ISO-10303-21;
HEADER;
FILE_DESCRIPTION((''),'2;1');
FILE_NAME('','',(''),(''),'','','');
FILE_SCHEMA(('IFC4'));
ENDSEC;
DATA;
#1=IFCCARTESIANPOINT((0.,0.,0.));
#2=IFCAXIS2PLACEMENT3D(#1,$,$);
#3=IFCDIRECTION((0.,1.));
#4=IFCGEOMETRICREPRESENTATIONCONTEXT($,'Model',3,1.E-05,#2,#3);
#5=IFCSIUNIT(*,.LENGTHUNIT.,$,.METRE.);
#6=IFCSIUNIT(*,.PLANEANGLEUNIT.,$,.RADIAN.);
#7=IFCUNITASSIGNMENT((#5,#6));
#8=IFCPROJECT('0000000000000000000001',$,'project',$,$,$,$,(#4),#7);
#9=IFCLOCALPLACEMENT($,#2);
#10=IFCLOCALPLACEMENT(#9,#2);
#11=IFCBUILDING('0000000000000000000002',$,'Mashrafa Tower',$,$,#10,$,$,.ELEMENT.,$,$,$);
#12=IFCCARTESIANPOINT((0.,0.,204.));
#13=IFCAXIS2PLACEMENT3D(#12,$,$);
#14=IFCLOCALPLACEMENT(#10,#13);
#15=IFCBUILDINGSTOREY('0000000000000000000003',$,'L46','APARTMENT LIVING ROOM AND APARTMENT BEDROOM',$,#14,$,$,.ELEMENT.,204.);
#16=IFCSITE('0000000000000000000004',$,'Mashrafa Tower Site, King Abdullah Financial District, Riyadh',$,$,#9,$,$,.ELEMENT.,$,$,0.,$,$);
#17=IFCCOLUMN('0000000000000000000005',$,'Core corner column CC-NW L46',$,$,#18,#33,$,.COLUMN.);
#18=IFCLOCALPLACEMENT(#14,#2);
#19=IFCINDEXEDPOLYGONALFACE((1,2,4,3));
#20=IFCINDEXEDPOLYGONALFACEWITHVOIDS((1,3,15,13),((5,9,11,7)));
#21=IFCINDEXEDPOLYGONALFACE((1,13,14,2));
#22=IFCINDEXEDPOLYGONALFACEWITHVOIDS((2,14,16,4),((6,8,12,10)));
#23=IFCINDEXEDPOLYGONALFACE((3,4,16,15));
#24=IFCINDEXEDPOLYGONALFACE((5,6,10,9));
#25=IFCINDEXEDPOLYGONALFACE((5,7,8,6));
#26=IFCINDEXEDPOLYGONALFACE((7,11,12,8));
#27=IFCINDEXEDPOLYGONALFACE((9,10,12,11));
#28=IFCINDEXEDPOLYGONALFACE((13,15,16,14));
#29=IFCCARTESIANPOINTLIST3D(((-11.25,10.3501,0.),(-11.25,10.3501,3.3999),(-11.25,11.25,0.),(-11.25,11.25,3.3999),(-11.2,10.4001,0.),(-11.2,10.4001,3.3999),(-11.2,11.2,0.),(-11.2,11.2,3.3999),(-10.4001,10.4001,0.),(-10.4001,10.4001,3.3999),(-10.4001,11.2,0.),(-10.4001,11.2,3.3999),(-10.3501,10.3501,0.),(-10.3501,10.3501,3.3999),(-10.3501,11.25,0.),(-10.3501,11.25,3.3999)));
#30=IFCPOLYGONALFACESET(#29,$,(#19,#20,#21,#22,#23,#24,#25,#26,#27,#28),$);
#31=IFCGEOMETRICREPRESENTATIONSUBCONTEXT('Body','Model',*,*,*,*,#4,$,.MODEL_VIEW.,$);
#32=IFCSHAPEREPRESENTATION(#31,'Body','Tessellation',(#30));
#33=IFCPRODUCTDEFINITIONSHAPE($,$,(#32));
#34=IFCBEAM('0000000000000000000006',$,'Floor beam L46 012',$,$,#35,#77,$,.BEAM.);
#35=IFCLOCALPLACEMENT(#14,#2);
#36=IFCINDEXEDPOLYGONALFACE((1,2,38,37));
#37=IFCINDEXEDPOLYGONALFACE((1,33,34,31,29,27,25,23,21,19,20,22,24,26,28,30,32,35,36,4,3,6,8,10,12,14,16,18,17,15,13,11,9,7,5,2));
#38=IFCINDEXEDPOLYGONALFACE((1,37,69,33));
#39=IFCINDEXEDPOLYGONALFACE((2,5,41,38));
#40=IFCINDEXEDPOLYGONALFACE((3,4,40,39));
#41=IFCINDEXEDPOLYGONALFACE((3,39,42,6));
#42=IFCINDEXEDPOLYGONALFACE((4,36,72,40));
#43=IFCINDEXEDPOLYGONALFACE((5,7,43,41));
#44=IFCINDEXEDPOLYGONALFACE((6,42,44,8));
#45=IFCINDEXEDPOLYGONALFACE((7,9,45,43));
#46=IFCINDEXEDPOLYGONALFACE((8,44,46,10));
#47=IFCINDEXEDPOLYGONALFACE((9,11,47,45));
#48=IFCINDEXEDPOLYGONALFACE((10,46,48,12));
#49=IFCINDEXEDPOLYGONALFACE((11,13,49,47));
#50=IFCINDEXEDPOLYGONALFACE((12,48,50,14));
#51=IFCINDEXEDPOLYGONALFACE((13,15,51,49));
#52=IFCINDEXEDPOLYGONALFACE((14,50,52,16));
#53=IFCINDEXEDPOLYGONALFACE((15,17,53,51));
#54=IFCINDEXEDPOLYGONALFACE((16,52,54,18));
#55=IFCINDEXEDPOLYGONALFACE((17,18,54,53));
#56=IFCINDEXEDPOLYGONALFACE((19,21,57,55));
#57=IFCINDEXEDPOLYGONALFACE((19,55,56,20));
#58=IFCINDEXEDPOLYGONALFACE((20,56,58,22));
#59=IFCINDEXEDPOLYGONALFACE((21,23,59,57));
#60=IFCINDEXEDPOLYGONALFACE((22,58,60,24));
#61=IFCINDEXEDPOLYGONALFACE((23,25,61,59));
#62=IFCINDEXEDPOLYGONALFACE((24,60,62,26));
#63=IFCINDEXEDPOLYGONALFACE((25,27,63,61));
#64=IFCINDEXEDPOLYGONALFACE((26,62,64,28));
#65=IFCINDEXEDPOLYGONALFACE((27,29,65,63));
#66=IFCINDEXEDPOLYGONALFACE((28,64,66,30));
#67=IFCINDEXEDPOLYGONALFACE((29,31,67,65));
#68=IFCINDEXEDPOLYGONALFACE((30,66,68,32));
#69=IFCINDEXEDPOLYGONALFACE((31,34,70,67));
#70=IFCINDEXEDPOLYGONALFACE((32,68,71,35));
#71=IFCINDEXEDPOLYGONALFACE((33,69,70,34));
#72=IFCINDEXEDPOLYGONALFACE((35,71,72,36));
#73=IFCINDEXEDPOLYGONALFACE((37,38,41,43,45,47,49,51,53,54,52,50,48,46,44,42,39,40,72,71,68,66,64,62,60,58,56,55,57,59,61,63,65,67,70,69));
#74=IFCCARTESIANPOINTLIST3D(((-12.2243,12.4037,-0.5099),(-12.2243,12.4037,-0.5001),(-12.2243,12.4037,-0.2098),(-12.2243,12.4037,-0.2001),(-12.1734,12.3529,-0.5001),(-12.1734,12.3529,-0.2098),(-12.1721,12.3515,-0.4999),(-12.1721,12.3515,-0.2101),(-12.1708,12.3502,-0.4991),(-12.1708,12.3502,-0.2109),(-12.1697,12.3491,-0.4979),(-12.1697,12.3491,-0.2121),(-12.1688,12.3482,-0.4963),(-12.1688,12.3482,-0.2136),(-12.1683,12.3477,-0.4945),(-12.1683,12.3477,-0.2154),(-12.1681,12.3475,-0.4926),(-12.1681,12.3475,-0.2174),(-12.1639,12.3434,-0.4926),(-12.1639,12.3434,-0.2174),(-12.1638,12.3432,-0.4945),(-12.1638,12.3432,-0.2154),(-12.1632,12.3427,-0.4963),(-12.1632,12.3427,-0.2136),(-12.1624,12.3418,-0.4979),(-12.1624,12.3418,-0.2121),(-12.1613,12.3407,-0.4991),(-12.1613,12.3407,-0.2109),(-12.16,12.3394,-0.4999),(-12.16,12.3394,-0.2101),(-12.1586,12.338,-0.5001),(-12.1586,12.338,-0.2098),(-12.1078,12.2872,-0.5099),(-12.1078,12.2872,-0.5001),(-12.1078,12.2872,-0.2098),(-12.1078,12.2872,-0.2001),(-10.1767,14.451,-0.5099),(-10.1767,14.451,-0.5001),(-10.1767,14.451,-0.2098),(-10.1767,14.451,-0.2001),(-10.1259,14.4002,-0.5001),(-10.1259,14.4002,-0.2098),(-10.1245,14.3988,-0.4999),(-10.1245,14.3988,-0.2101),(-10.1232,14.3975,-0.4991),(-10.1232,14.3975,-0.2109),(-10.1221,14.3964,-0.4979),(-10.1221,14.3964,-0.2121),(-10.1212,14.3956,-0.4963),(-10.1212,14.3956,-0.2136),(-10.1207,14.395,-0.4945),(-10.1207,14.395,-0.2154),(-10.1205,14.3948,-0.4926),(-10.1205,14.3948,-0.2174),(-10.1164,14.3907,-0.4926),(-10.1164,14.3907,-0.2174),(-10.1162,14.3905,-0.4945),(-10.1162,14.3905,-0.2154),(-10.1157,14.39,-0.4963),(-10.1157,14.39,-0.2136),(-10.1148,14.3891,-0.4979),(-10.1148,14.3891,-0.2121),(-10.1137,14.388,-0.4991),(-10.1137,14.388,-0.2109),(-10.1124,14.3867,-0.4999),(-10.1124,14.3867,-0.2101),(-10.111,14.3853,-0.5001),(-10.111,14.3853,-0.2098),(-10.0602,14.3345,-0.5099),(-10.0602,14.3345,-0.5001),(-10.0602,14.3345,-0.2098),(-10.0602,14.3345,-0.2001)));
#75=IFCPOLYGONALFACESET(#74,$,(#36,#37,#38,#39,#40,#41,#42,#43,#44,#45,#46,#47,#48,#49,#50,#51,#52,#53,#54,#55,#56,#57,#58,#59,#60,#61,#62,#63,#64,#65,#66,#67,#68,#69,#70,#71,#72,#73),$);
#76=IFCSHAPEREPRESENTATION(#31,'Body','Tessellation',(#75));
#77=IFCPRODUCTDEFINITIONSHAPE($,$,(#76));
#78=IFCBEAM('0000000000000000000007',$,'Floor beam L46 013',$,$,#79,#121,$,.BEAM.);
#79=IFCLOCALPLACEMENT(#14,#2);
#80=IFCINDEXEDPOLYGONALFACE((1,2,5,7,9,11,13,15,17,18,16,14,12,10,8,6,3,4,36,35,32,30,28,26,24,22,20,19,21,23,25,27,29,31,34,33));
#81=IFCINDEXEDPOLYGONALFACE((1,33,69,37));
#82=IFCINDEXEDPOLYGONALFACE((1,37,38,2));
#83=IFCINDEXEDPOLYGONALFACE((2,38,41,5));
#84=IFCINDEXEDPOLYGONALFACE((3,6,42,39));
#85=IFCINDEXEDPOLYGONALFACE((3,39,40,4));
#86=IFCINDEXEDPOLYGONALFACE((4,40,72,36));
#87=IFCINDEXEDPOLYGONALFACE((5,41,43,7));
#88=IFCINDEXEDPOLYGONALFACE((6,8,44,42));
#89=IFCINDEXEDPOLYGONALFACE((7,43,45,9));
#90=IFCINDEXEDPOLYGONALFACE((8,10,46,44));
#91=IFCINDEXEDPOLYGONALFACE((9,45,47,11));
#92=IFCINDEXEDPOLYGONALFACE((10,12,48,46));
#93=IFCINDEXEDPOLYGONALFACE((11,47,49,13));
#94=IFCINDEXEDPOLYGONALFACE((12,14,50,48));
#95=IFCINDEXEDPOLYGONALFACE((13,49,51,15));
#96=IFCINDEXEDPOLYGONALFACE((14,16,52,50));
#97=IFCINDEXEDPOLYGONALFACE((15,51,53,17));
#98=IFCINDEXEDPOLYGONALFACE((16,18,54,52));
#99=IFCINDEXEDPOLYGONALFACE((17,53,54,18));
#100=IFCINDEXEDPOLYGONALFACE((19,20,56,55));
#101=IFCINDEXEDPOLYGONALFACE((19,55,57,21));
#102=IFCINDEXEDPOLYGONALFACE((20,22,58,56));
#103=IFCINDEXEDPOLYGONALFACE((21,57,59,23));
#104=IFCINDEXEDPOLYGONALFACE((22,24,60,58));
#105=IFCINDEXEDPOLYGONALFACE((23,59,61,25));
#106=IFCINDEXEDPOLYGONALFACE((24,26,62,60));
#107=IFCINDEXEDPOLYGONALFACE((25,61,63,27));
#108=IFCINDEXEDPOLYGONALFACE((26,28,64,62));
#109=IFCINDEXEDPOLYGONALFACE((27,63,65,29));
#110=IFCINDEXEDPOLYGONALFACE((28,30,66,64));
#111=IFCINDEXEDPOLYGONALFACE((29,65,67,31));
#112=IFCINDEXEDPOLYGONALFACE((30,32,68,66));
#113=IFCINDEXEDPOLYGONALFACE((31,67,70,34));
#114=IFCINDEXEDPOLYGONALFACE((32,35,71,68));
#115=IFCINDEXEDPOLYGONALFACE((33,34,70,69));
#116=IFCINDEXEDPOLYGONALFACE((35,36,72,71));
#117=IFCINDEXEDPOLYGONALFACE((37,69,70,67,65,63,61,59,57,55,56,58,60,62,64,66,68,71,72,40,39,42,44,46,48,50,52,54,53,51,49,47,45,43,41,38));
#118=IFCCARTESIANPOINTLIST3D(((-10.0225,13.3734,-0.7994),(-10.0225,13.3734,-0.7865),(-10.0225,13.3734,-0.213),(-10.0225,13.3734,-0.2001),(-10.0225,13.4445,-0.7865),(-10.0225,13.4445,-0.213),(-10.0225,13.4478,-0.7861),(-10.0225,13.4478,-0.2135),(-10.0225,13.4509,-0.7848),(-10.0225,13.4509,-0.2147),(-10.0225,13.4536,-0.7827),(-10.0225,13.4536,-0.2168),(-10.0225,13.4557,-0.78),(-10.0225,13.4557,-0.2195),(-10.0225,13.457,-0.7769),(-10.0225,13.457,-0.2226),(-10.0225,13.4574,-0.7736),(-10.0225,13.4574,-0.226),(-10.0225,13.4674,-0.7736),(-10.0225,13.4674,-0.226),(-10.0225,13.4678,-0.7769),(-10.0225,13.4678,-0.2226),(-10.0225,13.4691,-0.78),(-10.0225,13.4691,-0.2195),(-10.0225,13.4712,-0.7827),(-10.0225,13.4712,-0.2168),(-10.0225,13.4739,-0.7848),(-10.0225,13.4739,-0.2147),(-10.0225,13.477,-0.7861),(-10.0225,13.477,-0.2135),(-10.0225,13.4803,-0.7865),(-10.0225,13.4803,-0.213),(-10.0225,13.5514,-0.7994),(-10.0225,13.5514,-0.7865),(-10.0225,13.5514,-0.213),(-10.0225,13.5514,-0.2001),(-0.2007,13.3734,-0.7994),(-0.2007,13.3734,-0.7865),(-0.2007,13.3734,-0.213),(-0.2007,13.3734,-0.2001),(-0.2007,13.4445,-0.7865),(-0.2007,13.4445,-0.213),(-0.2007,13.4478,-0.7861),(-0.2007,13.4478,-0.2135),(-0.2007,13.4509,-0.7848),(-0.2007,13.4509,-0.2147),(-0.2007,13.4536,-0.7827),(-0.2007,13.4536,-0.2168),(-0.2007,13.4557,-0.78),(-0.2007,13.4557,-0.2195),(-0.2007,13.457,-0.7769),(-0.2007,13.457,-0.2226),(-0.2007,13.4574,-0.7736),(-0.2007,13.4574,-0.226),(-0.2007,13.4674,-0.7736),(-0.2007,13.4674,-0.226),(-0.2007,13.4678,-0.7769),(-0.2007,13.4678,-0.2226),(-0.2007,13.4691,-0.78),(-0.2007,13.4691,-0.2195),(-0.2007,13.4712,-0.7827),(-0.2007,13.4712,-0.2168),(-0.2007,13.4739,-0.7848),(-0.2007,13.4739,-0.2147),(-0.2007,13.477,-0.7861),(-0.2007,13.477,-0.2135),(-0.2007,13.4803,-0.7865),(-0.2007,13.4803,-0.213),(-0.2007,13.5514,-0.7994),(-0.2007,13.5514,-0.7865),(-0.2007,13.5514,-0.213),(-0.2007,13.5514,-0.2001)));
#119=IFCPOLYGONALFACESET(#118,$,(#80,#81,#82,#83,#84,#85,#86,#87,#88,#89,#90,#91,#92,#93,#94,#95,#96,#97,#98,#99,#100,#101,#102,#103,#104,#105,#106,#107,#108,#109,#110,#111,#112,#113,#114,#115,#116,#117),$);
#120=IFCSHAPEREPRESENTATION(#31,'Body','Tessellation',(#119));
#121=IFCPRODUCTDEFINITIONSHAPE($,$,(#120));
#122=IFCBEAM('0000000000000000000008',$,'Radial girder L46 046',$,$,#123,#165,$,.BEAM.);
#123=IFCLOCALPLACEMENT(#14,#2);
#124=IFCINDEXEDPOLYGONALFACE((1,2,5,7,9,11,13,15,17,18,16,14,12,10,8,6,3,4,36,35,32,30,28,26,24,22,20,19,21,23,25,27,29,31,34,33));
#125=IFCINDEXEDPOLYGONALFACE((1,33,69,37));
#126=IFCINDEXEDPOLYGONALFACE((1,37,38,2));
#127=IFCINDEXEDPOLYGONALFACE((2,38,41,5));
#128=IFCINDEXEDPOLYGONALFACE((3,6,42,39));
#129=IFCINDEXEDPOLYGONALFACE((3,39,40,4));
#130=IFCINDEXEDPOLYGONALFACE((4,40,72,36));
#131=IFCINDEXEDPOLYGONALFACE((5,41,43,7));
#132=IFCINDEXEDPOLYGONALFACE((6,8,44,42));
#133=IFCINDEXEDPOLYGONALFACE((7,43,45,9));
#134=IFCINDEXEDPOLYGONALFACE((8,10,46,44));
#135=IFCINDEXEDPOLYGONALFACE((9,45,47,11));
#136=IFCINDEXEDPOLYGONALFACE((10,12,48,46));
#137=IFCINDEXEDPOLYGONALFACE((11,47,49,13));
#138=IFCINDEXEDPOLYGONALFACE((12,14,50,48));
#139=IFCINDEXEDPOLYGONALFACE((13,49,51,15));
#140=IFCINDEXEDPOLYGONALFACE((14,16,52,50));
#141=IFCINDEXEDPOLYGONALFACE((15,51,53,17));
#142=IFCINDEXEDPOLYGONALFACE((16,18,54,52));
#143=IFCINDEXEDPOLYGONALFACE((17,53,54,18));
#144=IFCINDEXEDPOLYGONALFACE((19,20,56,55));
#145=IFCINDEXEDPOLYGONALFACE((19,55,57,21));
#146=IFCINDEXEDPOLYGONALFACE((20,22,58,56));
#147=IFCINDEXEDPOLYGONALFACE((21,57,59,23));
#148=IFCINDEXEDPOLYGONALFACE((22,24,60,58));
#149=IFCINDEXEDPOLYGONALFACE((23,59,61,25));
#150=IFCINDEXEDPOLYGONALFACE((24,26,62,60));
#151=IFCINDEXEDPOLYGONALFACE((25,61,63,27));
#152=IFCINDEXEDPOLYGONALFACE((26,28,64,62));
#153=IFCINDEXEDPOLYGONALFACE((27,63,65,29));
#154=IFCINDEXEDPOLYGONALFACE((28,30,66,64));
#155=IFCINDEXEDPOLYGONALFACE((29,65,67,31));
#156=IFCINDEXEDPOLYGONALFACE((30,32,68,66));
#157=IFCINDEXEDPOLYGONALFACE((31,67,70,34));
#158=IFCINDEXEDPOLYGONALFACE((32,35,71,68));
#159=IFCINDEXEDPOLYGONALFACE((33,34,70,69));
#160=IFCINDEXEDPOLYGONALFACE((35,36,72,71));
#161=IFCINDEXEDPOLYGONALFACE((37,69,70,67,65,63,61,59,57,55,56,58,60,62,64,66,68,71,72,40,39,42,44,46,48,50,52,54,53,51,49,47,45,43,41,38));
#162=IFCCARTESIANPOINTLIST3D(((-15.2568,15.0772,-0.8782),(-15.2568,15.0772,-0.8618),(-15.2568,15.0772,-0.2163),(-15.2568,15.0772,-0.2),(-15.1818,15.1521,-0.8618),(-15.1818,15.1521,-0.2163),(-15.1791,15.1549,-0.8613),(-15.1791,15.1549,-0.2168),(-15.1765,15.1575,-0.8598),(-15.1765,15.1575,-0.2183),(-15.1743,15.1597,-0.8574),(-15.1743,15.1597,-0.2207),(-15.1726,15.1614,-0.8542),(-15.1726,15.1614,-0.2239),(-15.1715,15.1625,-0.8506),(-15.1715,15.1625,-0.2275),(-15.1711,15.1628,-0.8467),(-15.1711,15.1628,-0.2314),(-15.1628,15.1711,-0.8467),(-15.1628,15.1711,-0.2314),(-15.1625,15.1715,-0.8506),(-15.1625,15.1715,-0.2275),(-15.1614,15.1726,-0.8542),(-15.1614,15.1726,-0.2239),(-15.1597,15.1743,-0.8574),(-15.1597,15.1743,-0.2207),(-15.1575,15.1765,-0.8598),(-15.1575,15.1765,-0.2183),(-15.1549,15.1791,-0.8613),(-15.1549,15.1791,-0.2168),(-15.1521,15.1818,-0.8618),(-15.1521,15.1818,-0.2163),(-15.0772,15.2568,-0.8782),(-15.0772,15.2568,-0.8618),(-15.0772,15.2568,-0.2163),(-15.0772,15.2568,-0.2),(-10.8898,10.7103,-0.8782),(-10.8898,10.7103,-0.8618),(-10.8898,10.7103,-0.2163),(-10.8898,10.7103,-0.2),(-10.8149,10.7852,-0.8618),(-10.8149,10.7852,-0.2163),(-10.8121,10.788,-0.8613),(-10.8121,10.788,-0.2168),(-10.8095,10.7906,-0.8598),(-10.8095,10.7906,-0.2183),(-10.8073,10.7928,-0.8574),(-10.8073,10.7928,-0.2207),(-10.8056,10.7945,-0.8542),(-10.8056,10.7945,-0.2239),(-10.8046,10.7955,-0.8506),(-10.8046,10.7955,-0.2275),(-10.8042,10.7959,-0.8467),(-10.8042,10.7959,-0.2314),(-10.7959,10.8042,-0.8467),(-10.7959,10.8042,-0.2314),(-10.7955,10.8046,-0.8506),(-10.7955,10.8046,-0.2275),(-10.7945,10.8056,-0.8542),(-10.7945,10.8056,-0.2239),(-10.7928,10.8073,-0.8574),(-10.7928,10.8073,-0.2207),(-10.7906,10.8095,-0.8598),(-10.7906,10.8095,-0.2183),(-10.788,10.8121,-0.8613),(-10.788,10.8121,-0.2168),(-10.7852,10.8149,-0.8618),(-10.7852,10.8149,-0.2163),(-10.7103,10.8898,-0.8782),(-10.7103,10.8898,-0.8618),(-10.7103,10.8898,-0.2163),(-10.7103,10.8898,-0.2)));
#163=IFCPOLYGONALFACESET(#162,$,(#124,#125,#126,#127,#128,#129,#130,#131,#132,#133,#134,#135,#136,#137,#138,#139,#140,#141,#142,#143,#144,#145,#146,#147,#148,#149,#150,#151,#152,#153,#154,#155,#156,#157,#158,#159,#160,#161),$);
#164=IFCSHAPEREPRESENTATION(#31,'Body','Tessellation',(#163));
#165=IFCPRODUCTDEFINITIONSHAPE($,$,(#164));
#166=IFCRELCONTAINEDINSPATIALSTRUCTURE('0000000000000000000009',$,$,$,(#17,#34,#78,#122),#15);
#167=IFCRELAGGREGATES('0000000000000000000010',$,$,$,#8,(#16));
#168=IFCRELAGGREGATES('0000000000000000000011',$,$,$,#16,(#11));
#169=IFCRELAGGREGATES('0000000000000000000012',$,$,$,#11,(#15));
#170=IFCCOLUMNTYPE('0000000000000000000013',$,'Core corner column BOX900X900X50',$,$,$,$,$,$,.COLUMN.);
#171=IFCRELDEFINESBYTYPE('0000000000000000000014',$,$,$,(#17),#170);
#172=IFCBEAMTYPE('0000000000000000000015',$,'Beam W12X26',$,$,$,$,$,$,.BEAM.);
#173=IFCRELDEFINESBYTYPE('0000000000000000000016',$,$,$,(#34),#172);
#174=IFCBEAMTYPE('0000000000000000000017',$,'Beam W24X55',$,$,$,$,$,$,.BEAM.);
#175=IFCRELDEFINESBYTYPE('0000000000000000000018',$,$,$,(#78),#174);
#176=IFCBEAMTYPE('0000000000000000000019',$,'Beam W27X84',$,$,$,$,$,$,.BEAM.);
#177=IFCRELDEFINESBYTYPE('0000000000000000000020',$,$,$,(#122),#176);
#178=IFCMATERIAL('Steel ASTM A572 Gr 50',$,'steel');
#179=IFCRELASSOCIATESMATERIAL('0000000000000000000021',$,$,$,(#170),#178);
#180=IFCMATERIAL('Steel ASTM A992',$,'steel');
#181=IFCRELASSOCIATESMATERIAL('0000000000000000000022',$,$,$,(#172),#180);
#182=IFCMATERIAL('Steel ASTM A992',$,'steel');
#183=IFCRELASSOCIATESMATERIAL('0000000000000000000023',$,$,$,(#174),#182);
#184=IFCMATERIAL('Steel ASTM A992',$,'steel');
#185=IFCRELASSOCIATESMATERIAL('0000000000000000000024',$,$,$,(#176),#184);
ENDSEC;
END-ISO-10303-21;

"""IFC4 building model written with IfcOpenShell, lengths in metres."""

from ifc_helpers import new_model, si_unit, direction, frame, origin, origin_2d, place, context, subcontext, project, spatial, hollow_rectangle, i_section, extrude, material, material_profile, profile_set, type_object, element, save


model = new_model("IFC4")

# Units and contexts
model_context = context("Model", 3, precision=1e-05, world=origin(), true_north=direction((0.0, 1.0)))
body_context = subcontext(model_context, "Body", "Model", "MODEL_VIEW")
ifc_project = project(units=[si_unit("LENGTHUNIT", "METRE"), si_unit("PLANEANGLEUNIT", "RADIAN")], contexts=[model_context])

# Site, building, storey
site_placement = place(None, origin())
site = spatial("IfcSite", under=ifc_project, at=site_placement, Name="Mashrafa Tower Site, King Abdullah Financial District, Riyadh", CompositionType="ELEMENT", RefElevation=0.0)
building_placement = place(site_placement, origin())
building = spatial("IfcBuilding", under=site, at=building_placement, Name="Mashrafa Tower", CompositionType="ELEMENT")
storey_placement = place(building_placement, frame((0.0, 0.0, 204.0)))
storey = spatial("IfcBuildingStorey", under=building, at=storey_placement, Name="L46", Description="APARTMENT LIVING ROOM AND APARTMENT BEDROOM", CompositionType="ELEMENT", Elevation=204.0)

# Column
ifc_material_1 = material(Name="Steel ASTM A572 Gr 50", Category="steel")
ifc_material_profile_1 = material_profile(ifc_material_1, hollow_rectangle(XDim=0.8999, YDim=0.8999, WallThickness=0.05, at=origin_2d()), Name="BOX900X900X50")
ifc_profile_set_1 = profile_set([ifc_material_profile_1], Name="Steel ASTM A572 Gr 50")
column_type = type_object("IfcColumnType", Name="Core corner column BOX900X900X50", PredefinedType="COLUMN", material=ifc_profile_set_1)
column_placement = place(storey_placement, frame((-10.8, 10.8, 0.0), z_axis=(0.0, 0.0, 1.0), x_axis=(1.0, 0.0, 0.0)))
element("IfcColumn", 1, at=column_placement, inside=storey, type_object=column_type, Name="Core corner column CC-NW L46", PredefinedType="COLUMN", context=body_context, shape_type="SweptSolid", body=[
    extrude(hollow_rectangle(XDim=0.8999, YDim=0.8999, WallThickness=0.05, at=origin_2d()), origin(), (0.0, 0.0, 1.0), 3.3999),
])

# Beams
ifc_material_2 = material(Name="Steel ASTM A992", Category="steel")
ifc_material_profile_2 = material_profile(ifc_material_2, i_section(OverallWidth=0.1648, OverallDepth=0.3098, WebThickness=0.0059, FlangeThickness=0.0098, FilletRadius=0.0076, at=origin_2d()), Name="W12X26")
ifc_profile_set_2 = profile_set([ifc_material_profile_2], Name="Steel ASTM A992")
beam_type_1 = type_object("IfcBeamType", Name="Beam W12X26", PredefinedType="BEAM", material=ifc_profile_set_2)
beam_1_placement = place(storey_placement, frame((-12.166, 12.3455, -0.355), z_axis=(0.707149, 0.707065, 0.0), x_axis=(-0.707065, 0.707149, 0.0)))
element("IfcBeam", 2, at=beam_1_placement, inside=storey, type_object=beam_type_1, Name="Floor beam L46 012", PredefinedType="BEAM", context=body_context, shape_type="SweptSolid", body=[
    extrude(i_section(OverallWidth=0.1648, OverallDepth=0.3098, WebThickness=0.0059, FlangeThickness=0.0098, FilletRadius=0.0076, at=origin_2d()), origin(), (0.0, 0.0, 1.0), 2.8955),
])
ifc_material_3 = material(Name="Steel ASTM A992", Category="steel")
ifc_material_profile_3 = material_profile(ifc_material_3, i_section(OverallWidth=0.178, OverallDepth=0.5994, WebThickness=0.01, FlangeThickness=0.0129, FilletRadius=0.0129, at=origin_2d()), Name="W24X55")
ifc_profile_set_3 = profile_set([ifc_material_profile_3], Name="Steel ASTM A992")
beam_type_2 = type_object("IfcBeamType", Name="Beam W24X55", PredefinedType="BEAM", material=ifc_profile_set_3)
beam_2_placement = place(storey_placement, frame((-10.0225, 13.4624, -0.4998), z_axis=(1.0, 0.0, 0.0), x_axis=(0.0, 1.0, 0.0)))
element("IfcBeam", 3, at=beam_2_placement, inside=storey, type_object=beam_type_2, Name="Floor beam L46 013", PredefinedType="BEAM", context=body_context, shape_type="SweptSolid", body=[
    extrude(i_section(OverallWidth=0.178, OverallDepth=0.5994, WebThickness=0.01, FlangeThickness=0.0129, FilletRadius=0.0129, at=origin_2d()), origin(), (0.0, 0.0, 1.0), 9.8218),
])
ifc_material_4 = material(Name="Steel ASTM A992", Category="steel")
ifc_material_profile_4 = material_profile(ifc_material_4, i_section(OverallWidth=0.2539, OverallDepth=0.6782, WebThickness=0.0117, FlangeThickness=0.0164, FilletRadius=0.0151, at=origin_2d()), Name="W27X84")
ifc_profile_set_4 = profile_set([ifc_material_profile_4], Name="Steel ASTM A992")
beam_type_3 = type_object("IfcBeamType", Name="Beam W27X84", PredefinedType="BEAM", material=ifc_profile_set_4)
beam_3_placement = place(storey_placement, frame((-10.8, 10.8, -0.5391), z_axis=(-0.707107, 0.707107, 0.0), x_axis=(-0.707107, -0.707107, 0.0)))
element("IfcBeam", 4, at=beam_3_placement, inside=storey, type_object=beam_type_3, Name="Radial girder L46 046", PredefinedType="BEAM", context=body_context, shape_type="SweptSolid", body=[
    extrude(i_section(OverallWidth=0.2539, OverallDepth=0.6782, WebThickness=0.0117, FlangeThickness=0.0164, FilletRadius=0.0151, at=origin_2d()), origin(), (0.0, 0.0, 1.0), 6.1758),
])

save(model, "model.ifc")
